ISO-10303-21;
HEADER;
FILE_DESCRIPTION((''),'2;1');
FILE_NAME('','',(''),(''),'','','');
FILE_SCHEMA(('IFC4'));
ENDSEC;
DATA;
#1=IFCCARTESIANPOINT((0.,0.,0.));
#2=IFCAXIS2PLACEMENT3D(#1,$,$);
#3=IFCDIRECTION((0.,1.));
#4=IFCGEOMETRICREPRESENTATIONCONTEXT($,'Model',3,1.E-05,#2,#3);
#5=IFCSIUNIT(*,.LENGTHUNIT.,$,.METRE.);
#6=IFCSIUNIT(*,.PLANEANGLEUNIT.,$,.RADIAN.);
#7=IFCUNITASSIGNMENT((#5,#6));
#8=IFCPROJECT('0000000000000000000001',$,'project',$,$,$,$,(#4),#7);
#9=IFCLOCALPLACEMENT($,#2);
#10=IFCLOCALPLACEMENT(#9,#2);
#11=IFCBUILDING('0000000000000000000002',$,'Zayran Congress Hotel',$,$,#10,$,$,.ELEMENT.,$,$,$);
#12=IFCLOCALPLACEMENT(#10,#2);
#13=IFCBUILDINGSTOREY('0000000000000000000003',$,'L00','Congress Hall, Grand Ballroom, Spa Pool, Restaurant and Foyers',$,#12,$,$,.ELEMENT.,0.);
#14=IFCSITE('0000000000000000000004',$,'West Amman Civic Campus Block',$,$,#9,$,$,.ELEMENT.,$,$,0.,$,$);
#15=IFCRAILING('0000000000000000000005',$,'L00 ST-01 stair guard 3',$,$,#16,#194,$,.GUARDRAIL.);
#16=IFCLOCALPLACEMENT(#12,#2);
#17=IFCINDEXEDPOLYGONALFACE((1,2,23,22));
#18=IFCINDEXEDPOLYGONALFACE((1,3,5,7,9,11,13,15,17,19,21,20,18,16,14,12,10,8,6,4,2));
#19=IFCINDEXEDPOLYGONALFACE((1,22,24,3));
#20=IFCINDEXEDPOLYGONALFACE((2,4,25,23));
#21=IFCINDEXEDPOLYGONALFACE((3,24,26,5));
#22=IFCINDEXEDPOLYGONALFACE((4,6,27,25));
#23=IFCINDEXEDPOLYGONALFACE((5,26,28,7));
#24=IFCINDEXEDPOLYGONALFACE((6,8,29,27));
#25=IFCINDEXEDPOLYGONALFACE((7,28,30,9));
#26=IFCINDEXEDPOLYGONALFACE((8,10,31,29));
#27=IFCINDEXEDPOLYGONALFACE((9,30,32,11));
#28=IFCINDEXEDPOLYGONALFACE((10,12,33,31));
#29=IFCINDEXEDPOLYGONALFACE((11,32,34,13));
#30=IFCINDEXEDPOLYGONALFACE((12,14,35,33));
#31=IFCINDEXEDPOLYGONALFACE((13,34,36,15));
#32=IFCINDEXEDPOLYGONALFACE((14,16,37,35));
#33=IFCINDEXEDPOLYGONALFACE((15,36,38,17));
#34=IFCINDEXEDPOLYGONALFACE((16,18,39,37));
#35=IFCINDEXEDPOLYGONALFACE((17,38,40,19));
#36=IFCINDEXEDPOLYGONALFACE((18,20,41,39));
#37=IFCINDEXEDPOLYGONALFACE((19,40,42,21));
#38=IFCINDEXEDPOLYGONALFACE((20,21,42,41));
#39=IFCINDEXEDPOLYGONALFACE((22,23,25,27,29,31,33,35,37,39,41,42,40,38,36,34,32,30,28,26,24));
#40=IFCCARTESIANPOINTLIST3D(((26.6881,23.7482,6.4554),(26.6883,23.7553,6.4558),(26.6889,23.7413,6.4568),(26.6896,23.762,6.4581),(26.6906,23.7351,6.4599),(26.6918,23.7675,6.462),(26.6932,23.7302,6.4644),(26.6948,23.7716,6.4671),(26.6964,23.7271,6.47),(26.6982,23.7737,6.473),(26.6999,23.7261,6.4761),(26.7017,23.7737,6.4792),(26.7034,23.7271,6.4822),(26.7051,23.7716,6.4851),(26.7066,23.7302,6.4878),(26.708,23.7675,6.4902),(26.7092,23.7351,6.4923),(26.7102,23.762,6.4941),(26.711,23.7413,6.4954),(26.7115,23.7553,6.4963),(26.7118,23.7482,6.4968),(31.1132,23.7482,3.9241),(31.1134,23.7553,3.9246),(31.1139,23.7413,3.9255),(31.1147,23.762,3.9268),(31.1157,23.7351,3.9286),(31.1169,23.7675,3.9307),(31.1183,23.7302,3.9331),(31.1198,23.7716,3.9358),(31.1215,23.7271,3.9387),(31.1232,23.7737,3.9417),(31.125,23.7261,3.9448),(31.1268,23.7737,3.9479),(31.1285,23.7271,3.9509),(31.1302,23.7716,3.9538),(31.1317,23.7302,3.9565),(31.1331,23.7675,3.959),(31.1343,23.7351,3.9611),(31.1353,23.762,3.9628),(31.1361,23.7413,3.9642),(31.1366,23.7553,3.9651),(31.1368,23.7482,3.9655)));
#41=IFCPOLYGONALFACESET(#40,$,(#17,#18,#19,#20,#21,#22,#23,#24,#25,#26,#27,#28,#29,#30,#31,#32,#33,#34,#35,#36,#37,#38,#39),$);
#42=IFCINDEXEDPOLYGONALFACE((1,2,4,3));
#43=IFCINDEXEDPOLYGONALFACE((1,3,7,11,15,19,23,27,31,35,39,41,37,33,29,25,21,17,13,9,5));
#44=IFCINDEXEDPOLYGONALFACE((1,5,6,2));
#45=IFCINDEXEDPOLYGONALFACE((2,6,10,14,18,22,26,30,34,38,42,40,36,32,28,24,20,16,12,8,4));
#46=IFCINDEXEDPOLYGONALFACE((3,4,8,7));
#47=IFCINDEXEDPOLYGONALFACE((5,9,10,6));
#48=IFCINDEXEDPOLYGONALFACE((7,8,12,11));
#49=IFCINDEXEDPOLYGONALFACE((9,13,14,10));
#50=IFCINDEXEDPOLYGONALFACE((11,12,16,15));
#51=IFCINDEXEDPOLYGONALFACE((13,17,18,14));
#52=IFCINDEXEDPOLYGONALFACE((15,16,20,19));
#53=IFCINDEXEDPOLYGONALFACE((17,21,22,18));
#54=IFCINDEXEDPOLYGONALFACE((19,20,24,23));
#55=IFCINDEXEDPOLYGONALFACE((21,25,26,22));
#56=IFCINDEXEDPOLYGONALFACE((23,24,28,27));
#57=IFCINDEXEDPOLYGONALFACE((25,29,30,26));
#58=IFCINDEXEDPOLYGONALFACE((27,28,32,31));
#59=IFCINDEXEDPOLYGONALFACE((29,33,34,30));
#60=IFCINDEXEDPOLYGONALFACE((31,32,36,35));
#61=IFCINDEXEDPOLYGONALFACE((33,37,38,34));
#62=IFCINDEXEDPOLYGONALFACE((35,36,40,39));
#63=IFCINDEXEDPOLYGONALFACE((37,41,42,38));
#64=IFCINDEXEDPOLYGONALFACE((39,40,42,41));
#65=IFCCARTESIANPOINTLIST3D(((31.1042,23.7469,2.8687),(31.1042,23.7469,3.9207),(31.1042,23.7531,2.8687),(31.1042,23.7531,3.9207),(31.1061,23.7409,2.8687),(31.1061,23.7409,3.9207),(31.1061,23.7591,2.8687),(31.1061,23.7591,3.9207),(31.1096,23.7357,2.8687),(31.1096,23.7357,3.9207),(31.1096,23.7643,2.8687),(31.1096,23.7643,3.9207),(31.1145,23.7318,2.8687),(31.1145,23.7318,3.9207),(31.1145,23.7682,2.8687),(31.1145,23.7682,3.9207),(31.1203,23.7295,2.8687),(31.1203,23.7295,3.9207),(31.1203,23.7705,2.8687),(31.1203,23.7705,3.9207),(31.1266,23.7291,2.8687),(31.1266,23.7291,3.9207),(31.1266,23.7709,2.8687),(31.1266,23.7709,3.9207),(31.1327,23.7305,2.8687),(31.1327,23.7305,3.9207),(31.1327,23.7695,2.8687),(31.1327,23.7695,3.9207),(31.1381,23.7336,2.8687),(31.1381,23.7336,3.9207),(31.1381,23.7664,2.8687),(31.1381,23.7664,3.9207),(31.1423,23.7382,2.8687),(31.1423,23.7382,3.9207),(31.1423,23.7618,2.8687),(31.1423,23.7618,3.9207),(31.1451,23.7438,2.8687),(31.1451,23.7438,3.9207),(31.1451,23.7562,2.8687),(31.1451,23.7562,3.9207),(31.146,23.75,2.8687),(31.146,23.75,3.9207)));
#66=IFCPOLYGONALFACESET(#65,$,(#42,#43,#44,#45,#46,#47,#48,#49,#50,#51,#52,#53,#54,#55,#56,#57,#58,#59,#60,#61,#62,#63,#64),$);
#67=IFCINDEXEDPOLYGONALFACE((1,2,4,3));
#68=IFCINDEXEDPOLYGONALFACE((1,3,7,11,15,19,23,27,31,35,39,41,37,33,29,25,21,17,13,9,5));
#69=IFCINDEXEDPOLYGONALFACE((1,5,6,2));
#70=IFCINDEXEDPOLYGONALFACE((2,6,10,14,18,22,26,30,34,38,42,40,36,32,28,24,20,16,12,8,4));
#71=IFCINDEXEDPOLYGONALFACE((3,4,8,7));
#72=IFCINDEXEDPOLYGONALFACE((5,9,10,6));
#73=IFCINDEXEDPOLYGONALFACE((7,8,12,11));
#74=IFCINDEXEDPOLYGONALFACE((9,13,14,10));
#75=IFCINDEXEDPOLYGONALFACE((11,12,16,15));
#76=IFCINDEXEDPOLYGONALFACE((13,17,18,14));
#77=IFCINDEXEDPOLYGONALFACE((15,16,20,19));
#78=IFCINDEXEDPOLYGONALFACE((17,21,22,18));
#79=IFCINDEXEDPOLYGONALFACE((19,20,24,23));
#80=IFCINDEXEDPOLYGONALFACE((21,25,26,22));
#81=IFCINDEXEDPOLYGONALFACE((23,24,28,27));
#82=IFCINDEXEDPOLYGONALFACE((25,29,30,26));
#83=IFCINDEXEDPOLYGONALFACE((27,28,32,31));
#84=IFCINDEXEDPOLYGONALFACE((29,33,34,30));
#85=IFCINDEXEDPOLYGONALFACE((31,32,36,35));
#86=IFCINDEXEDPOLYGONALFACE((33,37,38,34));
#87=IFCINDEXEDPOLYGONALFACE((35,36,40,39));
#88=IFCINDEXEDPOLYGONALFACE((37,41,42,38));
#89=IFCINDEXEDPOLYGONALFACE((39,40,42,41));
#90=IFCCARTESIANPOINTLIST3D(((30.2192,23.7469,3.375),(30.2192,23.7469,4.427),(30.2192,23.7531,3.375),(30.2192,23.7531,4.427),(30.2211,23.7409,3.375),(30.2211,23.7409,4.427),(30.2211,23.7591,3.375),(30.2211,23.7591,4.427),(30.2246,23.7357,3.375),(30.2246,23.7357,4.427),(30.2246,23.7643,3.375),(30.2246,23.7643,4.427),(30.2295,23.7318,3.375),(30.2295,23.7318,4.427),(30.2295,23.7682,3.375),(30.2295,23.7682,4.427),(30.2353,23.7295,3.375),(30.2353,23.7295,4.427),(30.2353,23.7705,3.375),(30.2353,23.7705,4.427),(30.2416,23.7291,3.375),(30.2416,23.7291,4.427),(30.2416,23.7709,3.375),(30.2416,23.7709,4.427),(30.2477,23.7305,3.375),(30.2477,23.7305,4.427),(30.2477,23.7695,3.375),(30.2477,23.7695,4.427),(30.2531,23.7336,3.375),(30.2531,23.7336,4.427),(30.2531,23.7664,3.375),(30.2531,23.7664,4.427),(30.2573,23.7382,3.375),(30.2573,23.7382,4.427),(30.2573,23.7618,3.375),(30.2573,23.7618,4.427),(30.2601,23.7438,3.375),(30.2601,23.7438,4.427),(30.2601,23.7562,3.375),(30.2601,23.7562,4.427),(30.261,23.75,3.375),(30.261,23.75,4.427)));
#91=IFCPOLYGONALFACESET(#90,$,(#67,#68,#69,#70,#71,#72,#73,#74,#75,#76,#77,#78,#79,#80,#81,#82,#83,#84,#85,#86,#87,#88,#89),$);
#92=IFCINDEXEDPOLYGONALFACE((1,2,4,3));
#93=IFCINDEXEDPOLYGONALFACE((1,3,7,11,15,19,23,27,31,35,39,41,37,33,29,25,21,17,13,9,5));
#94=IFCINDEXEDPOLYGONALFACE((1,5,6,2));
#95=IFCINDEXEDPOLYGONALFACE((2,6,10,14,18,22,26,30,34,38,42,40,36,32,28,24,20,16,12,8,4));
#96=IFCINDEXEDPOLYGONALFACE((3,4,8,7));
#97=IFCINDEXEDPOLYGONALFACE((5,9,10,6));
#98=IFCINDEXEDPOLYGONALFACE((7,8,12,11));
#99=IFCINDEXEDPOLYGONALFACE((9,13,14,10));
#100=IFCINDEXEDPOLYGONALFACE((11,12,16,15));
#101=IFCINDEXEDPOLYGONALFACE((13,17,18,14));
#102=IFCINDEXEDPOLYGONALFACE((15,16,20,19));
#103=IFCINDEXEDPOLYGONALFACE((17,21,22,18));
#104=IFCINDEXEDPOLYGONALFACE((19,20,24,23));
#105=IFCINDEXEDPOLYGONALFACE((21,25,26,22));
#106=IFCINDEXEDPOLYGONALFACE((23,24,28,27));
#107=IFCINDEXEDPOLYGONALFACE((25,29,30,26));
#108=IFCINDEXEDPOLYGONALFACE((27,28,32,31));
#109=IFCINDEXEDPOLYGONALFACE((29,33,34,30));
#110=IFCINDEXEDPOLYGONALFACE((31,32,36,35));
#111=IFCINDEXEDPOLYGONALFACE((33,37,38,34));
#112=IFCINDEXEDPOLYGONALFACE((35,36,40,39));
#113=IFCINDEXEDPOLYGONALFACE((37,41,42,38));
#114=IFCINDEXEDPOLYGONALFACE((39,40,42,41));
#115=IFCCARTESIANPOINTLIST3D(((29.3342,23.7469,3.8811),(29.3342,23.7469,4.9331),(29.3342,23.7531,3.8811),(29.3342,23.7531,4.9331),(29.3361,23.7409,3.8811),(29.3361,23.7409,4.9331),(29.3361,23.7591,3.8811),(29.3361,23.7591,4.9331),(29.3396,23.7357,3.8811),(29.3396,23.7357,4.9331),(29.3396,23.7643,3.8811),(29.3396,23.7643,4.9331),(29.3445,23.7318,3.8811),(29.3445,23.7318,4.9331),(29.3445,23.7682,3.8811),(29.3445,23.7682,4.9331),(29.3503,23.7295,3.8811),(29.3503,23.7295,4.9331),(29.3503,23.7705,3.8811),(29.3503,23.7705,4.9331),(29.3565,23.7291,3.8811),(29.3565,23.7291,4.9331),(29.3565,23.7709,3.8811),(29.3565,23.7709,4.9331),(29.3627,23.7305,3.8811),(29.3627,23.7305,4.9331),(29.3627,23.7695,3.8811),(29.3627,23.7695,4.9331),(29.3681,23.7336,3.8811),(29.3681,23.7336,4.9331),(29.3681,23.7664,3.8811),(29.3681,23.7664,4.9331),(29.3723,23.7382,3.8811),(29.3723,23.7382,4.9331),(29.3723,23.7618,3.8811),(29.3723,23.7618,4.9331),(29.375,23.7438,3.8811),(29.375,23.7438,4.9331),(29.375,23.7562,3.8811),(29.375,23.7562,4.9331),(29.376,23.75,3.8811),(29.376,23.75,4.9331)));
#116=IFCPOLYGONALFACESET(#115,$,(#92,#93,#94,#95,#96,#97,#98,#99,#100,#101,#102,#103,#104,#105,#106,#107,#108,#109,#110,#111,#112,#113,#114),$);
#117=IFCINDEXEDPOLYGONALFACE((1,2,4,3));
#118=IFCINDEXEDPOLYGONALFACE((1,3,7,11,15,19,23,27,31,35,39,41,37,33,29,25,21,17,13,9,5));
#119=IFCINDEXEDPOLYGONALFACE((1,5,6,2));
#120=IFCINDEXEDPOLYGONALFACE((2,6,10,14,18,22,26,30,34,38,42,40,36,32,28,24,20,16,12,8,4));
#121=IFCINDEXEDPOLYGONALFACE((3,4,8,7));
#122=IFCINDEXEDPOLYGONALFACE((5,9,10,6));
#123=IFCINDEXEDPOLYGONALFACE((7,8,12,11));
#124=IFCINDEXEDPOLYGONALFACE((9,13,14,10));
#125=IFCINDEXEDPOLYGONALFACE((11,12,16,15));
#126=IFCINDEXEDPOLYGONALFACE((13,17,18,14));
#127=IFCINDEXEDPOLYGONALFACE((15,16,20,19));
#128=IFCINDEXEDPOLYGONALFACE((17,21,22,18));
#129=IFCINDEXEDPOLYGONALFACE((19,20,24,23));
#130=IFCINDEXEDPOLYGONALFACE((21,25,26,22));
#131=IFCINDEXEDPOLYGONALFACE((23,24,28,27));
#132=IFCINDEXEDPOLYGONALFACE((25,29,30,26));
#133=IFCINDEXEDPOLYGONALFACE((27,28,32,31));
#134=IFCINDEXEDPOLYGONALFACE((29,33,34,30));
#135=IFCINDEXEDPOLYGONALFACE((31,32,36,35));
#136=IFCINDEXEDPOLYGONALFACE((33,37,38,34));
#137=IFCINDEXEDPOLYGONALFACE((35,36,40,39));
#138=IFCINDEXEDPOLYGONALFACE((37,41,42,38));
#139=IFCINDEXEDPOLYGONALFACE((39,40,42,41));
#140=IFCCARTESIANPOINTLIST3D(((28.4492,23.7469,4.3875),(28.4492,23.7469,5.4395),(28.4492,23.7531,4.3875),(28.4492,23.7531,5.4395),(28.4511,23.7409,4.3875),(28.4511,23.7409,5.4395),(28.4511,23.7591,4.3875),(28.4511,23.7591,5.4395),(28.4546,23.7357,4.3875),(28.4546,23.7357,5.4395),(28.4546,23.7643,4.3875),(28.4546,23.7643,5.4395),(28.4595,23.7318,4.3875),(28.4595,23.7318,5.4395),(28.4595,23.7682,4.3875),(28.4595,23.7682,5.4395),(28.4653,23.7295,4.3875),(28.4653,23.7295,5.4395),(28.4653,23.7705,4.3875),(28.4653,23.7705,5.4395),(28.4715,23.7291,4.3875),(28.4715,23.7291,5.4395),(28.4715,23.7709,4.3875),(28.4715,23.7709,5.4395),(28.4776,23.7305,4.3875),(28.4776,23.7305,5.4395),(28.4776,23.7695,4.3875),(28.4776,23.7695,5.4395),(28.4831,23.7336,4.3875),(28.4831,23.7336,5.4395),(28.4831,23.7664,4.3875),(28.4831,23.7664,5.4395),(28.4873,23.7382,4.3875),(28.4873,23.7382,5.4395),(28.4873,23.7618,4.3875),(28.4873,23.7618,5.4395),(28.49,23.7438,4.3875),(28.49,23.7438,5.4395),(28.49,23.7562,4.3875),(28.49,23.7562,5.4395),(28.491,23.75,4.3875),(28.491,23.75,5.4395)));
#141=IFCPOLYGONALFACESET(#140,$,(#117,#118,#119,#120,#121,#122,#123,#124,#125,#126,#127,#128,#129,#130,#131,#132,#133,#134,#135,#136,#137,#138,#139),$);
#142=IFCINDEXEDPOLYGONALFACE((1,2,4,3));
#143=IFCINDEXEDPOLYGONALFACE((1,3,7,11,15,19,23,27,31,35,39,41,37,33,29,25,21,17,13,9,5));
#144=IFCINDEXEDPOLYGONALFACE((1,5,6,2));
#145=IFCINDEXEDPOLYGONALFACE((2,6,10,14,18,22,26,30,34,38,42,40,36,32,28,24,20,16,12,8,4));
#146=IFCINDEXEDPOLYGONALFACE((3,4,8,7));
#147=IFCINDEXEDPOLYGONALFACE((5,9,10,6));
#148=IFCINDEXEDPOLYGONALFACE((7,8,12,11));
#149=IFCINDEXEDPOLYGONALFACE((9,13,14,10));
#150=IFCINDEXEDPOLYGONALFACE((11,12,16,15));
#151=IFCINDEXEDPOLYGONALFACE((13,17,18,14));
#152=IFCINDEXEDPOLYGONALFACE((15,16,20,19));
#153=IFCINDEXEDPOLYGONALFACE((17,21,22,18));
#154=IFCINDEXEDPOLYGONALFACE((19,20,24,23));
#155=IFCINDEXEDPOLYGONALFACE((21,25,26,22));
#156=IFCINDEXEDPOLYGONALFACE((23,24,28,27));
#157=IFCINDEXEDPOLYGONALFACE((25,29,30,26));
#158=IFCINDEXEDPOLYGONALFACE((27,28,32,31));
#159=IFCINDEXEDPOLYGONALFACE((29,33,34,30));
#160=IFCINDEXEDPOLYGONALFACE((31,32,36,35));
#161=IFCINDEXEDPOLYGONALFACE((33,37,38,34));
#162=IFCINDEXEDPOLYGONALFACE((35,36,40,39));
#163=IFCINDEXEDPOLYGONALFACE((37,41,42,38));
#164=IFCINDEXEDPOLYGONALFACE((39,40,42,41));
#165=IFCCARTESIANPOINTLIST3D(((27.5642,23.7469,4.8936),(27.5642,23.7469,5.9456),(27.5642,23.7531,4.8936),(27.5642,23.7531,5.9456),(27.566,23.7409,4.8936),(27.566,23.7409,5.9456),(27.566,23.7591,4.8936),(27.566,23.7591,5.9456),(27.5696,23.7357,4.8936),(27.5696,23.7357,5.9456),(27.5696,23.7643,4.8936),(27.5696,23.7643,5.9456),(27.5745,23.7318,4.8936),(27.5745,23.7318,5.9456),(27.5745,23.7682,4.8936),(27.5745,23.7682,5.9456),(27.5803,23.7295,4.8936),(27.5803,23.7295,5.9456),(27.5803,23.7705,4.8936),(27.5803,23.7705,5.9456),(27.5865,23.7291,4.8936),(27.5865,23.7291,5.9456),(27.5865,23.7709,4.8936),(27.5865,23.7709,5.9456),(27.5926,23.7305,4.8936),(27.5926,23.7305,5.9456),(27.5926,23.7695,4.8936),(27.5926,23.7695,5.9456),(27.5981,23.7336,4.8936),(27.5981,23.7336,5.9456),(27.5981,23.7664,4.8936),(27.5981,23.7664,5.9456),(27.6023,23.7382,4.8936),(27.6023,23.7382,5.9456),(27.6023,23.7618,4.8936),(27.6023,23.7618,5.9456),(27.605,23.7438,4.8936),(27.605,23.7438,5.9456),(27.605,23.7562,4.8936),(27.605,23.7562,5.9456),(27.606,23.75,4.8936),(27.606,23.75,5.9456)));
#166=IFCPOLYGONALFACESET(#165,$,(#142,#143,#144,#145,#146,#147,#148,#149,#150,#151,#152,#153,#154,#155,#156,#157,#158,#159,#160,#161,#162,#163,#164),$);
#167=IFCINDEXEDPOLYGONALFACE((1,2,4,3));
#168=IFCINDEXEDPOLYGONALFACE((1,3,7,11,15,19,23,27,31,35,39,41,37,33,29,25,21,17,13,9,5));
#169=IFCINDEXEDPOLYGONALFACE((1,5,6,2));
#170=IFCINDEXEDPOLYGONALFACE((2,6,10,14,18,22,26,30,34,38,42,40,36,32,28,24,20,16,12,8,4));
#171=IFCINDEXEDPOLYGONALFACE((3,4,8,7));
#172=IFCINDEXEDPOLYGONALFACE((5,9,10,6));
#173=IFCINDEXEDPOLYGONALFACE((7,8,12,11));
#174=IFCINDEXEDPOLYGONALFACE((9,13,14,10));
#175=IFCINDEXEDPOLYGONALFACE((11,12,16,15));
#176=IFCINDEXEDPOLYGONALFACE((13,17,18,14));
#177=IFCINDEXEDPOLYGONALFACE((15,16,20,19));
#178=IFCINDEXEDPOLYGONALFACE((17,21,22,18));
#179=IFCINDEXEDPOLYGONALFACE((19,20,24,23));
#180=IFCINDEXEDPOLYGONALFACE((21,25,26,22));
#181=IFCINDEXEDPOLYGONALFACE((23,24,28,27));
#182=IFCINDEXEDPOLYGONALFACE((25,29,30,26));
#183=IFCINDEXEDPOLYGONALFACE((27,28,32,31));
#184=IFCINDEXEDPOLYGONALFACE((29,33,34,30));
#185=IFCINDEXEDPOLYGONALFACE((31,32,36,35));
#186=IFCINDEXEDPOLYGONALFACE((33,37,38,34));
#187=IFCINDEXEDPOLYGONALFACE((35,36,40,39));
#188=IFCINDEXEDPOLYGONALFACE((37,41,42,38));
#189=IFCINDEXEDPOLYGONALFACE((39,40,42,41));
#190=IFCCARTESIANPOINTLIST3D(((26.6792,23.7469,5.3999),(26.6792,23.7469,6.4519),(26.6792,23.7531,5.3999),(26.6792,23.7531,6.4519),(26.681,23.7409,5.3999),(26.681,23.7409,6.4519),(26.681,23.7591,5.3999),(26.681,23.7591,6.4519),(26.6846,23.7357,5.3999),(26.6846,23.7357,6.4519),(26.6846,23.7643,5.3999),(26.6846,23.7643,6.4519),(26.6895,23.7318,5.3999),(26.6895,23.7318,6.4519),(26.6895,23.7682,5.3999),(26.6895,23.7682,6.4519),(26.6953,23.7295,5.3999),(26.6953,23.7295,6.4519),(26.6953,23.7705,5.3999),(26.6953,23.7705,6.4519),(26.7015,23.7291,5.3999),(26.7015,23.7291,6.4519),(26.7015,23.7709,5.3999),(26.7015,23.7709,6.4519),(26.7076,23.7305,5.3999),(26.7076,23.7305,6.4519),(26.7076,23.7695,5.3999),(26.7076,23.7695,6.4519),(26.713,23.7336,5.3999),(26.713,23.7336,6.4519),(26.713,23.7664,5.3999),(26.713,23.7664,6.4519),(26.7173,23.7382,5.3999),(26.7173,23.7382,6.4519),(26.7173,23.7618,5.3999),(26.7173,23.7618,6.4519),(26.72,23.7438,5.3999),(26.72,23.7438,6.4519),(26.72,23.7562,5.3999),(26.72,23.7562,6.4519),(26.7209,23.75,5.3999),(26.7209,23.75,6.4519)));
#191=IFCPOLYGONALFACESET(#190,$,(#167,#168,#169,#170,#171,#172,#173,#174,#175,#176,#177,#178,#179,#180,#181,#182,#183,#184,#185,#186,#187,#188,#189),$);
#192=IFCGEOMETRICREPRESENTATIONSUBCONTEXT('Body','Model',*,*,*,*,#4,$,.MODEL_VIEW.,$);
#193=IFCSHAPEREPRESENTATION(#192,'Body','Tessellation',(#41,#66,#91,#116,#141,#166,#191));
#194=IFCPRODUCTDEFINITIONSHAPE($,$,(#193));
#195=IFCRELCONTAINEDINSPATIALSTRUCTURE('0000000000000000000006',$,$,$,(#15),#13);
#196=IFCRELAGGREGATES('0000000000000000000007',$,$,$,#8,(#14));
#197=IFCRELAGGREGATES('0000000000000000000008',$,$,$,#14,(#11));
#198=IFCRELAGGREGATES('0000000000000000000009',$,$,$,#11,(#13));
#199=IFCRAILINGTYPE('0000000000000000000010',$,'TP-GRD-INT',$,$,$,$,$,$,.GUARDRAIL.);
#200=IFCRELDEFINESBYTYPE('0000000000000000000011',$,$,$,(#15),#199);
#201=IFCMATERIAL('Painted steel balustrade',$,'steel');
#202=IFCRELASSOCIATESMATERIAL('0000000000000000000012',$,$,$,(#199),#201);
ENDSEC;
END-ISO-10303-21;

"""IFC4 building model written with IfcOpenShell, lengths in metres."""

from ifc_helpers import new_model, si_unit, direction, frame, origin, origin_2d, place, context, subcontext, project, spatial, circle, extrude, material, type_object, element, save


model = new_model("IFC4")

# Units and contexts
model_context = context("Model", 3, precision=1e-05, world=origin(), true_north=direction((0.0, 1.0)))
body_context = subcontext(model_context, "Body", "Model", "MODEL_VIEW")
ifc_project = project(units=[si_unit("LENGTHUNIT", "METRE"), si_unit("PLANEANGLEUNIT", "RADIAN")], contexts=[model_context])

# Site, building, storey
site_placement = place(None, origin())
site = spatial("IfcSite", under=ifc_project, at=site_placement, Name="West Amman Civic Campus Block", CompositionType="ELEMENT", RefElevation=0.0)
building_placement = place(site_placement, origin())
building = spatial("IfcBuilding", under=site, at=building_placement, Name="Zayran Congress Hotel", CompositionType="ELEMENT")
storey_placement = place(building_placement, origin())
storey = spatial("IfcBuildingStorey", under=building, at=storey_placement, Name="L00", Description="Congress Hall, Grand Ballroom, Spa Pool, Restaurant and Foyers", CompositionType="ELEMENT", Elevation=0.0)

# Railing
ifc_material_1 = material(Name="Painted steel balustrade", Category="steel")
railing_type_1 = type_object("IfcRailingType", Name="TP-GRD-INT", PredefinedType="GUARDRAIL", material=ifc_material_1)
railing_1_placement = place(storey_placement, frame((31.125, 23.75, 2.8687)))
element("IfcRailing", 1, at=railing_1_placement, inside=storey, type_object=railing_type_1, Name="L00 ST-01 stair guard 3", PredefinedType="GUARDRAIL", context=body_context, shape_type="SweptSolid", body=[
    extrude(circle(Radius=0.0239, at=origin_2d()), frame((0.0, 0.0, 1.0762), z_axis=(-0.868019, 0.0, 0.496531), x_axis=(0.0, -1.0, 0.0)), (0.0, 0.0, 1.0), 5.0979),
    extrude(circle(Radius=0.021, at=origin_2d()), origin(), (0.0, 0.0, 1.0), 1.052),
    extrude(circle(Radius=0.021, at=origin_2d()), frame((-0.885, 0.0, 0.5063)), (0.0, 0.0, 1.0), 1.052),
    extrude(circle(Radius=0.021, at=origin_2d()), frame((-1.77, 0.0, 1.0125)), (0.0, 0.0, 1.0), 1.052),
    extrude(circle(Radius=0.021, at=origin_2d()), frame((-2.655, 0.0, 1.5188)), (0.0, 0.0, 1.0), 1.052),
    extrude(circle(Radius=0.021, at=origin_2d()), frame((-3.54, 0.0, 2.0249)), (0.0, 0.0, 1.0), 1.052),
    extrude(circle(Radius=0.021, at=origin_2d()), frame((-4.425, 0.0, 2.5312)), (0.0, 0.0, 1.0), 1.052),
])

save(model, "model.ifc")
